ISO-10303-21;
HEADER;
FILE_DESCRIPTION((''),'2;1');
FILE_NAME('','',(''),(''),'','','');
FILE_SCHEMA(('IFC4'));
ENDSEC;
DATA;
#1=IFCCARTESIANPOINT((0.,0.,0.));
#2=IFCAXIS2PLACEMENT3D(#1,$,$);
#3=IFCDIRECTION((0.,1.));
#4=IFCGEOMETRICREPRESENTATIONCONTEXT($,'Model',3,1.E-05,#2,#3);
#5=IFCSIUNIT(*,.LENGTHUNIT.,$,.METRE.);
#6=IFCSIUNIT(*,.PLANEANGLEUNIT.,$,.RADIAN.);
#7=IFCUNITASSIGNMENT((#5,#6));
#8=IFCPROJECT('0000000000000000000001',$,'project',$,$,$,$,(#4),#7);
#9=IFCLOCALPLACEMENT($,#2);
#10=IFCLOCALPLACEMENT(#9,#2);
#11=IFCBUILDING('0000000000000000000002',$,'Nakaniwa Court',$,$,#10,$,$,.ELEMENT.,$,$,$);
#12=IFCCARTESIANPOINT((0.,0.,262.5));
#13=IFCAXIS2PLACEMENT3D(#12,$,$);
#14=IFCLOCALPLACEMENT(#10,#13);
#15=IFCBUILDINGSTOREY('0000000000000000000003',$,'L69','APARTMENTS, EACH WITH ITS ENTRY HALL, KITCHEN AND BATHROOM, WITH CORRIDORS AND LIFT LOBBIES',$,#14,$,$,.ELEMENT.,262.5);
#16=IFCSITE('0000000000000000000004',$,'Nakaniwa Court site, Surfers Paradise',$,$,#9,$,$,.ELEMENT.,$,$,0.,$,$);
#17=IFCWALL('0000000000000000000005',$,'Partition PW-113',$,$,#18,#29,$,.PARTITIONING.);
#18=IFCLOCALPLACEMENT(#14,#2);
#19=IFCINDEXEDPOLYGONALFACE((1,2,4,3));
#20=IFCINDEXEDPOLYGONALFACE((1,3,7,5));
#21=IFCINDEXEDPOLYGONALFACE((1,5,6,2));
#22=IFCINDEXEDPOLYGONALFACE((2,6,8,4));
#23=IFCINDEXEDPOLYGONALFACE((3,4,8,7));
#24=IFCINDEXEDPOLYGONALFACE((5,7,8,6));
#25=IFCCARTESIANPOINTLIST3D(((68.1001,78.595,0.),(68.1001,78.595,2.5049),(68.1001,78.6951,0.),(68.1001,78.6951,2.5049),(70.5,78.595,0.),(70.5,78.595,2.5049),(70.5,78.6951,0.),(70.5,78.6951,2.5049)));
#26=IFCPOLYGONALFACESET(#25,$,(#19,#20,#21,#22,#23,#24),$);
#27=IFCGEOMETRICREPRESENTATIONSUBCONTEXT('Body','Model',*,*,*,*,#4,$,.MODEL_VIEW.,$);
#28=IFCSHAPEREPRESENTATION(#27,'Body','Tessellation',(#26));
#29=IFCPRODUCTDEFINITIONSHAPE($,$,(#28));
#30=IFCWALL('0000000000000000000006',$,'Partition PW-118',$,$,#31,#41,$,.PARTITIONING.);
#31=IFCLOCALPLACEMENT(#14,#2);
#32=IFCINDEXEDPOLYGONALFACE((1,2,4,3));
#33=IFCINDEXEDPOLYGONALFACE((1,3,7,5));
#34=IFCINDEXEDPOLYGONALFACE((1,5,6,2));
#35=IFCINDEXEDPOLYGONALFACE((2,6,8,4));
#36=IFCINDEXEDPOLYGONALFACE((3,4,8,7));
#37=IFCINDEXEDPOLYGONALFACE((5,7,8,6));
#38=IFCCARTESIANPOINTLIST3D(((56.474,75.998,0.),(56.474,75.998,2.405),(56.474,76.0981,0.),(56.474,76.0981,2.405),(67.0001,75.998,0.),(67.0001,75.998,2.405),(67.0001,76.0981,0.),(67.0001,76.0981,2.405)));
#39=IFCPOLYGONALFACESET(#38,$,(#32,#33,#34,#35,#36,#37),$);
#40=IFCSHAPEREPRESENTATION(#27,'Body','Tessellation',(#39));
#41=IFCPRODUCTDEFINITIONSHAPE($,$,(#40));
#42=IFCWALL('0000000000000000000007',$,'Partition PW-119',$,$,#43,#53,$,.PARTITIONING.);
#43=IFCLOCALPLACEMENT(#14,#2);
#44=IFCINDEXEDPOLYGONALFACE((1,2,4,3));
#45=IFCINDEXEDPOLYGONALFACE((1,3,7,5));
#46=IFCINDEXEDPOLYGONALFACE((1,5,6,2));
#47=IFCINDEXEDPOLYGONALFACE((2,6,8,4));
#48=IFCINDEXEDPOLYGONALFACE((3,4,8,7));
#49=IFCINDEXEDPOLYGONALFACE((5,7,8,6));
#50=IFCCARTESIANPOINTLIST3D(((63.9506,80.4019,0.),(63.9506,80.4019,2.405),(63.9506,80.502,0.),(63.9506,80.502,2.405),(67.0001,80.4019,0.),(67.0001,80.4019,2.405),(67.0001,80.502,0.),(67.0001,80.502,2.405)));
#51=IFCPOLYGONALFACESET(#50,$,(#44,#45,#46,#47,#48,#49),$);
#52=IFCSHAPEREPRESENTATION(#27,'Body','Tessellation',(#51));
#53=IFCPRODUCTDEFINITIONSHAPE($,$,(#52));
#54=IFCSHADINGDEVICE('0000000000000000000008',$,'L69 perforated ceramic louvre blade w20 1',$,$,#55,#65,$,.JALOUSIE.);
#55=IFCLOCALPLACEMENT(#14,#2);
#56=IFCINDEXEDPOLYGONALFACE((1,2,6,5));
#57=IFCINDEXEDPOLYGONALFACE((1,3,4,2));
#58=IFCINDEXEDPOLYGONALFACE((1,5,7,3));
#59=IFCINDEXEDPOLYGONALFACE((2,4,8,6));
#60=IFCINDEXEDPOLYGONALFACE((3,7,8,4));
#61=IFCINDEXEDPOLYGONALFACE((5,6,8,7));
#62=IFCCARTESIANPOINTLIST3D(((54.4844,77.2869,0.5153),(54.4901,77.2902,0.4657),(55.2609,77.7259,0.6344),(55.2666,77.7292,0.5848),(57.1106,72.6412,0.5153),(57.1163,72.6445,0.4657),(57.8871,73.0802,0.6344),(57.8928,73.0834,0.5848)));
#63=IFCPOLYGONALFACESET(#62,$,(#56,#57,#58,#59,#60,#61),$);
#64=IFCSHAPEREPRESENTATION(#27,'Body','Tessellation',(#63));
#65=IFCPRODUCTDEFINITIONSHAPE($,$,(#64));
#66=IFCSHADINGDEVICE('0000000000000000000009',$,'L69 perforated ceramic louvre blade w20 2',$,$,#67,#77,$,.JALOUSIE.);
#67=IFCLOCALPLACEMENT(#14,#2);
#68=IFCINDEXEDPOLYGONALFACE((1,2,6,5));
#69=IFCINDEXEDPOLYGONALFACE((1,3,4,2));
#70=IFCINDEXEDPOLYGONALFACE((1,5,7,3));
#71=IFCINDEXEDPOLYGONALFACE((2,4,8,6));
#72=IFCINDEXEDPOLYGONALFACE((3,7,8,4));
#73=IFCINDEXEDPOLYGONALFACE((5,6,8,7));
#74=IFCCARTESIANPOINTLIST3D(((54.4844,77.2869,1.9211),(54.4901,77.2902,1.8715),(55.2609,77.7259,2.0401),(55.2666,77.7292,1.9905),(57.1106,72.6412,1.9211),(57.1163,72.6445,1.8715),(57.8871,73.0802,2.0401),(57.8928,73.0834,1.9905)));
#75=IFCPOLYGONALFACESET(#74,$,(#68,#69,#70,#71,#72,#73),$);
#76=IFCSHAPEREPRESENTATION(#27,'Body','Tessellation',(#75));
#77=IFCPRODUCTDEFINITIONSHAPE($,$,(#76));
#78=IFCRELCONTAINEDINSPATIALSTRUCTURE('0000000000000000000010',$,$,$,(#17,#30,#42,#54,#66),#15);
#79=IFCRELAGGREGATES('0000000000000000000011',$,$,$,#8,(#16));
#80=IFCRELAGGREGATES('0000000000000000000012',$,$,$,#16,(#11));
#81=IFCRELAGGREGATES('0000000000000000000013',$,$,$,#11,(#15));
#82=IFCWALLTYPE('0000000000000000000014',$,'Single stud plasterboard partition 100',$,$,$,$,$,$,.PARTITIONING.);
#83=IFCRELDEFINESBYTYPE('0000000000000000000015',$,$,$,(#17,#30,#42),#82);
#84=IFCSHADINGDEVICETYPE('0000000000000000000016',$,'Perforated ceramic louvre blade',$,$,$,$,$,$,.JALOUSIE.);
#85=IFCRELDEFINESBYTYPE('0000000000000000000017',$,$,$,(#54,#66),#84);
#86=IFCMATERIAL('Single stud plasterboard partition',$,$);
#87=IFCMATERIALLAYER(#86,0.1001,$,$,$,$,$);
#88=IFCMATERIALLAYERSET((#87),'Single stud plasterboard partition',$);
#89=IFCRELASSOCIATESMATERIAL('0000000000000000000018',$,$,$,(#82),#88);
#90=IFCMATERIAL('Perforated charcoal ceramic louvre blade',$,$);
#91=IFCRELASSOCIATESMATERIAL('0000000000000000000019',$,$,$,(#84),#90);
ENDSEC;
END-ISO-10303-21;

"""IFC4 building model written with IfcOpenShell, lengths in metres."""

from ifc_helpers import new_model, si_unit, direction, frame, frame_2d, origin, origin_2d, place, context, subcontext, project, spatial, rectangle, extrude, material, layer, layer_set, material_profile, profile_set, type_object, element, save


model = new_model("IFC4")

# Units and contexts
model_context = context("Model", 3, precision=1e-05, world=origin(), true_north=direction((0.0, 1.0)))
body_context = subcontext(model_context, "Body", "Model", "MODEL_VIEW")
ifc_project = project(units=[si_unit("LENGTHUNIT", "METRE"), si_unit("PLANEANGLEUNIT", "RADIAN")], contexts=[model_context])

# Site, building, storey
site_placement = place(None, origin())
site = spatial("IfcSite", under=ifc_project, at=site_placement, Name="Nakaniwa Court site, Surfers Paradise", CompositionType="ELEMENT", RefElevation=0.0)
building_placement = place(site_placement, origin())
building = spatial("IfcBuilding", under=site, at=building_placement, Name="Nakaniwa Court", CompositionType="ELEMENT")
storey_placement = place(building_placement, frame((0.0, 0.0, 262.5)))
storey = spatial("IfcBuildingStorey", under=building, at=storey_placement, Name="L69", Description="APARTMENTS, EACH WITH ITS ENTRY HALL, KITCHEN AND BATHROOM, WITH CORRIDORS AND LIFT LOBBIES", CompositionType="ELEMENT", Elevation=262.5)

# Walls
ifc_material_1 = material(Name="Single stud plasterboard partition")
ifc_layer_1 = layer(ifc_material_1, 0.1001)
ifc_layer_set_1 = layer_set([ifc_layer_1], Name="Single stud plasterboard partition")
wall_type_1 = type_object("IfcWallType", Name="Single stud plasterboard partition 100", PredefinedType="PARTITIONING", material=ifc_layer_set_1)
wall_1_placement = place(storey_placement, frame((68.1001, 78.645, 0.0), z_axis=(0.0, 0.0, 1.0), x_axis=(1.0, 0.0, 0.0)))
element("IfcWall", 1, at=wall_1_placement, inside=storey, type_object=wall_type_1, Name="Partition PW-113", PredefinedType="PARTITIONING", context=body_context, shape_type="SweptSolid", body=[
    extrude(rectangle(XDim=2.3999, YDim=0.1001, at=frame_2d((1.2, 0.0))), origin(), (0.0, 0.0, 1.0), 2.5049),
])
wall_2_placement = place(storey_placement, frame((56.4739, 76.0481, 0.0), z_axis=(0.0, 0.0, 1.0), x_axis=(1.0, 0.0, 0.0)))
element("IfcWall", 2, at=wall_2_placement, inside=storey, type_object=wall_type_1, Name="Partition PW-118", PredefinedType="PARTITIONING", context=body_context, shape_type="SweptSolid", body=[
    extrude(rectangle(XDim=10.5261, YDim=0.1001, at=frame_2d((5.2632, 0.0))), origin(), (0.0, 0.0, 1.0), 2.405),
])
wall_3_placement = place(storey_placement, frame((63.9504, 80.4519, 0.0), z_axis=(0.0, 0.0, 1.0), x_axis=(1.0, 0.0, 0.0)))
element("IfcWall", 3, at=wall_3_placement, inside=storey, type_object=wall_type_1, Name="Partition PW-119", PredefinedType="PARTITIONING", context=body_context, shape_type="SweptSolid", body=[
    extrude(rectangle(XDim=3.0496, YDim=0.1001, at=frame_2d((1.5249, 0.0))), origin(), (0.0, 0.0, 1.0), 2.405),
])

# Shading devices
ifc_material_2 = material(Name="Perforated charcoal ceramic louvre blade")
ifc_material_profile_1 = material_profile(ifc_material_2, rectangle(XDim=0.8999, YDim=0.05, at=origin_2d()), Name="Perforated ceramic louvre blade")
ifc_profile_set_1 = profile_set([ifc_material_profile_1], Name="Perforated charcoal ceramic louvre blade")
shading_device_type = type_object("IfcShadingDeviceType", Name="Perforated ceramic louvre blade", PredefinedType="JALOUSIE", material=ifc_profile_set_1)
for number, where, z_axis, x_axis, name in (
    (4, (54.8755, 77.5081, 0.55), (0.492109, -0.870534, 0.0), (0.862887, 0.487786, 0.132256), "L69 perforated ceramic louvre blade w20 1"),
    (5, (54.8755, 77.5081, 1.9558), (0.492109, -0.870534, 0.0), (0.862887, 0.487786, 0.132256), "L69 perforated ceramic louvre blade w20 2"),
):
    element("IfcShadingDevice", number, at=place(storey_placement, frame(where, z_axis=z_axis, x_axis=x_axis)), inside=storey, type_object=shading_device_type, Name=name, PredefinedType="JALOUSIE", context=body_context, shape_type="SweptSolid", body=[
        extrude(rectangle(XDim=0.8999, YDim=0.05, at=origin_2d()), origin(), (0.0, 0.0, 1.0), 5.3367),
    ])

save(model, "model.ifc")
